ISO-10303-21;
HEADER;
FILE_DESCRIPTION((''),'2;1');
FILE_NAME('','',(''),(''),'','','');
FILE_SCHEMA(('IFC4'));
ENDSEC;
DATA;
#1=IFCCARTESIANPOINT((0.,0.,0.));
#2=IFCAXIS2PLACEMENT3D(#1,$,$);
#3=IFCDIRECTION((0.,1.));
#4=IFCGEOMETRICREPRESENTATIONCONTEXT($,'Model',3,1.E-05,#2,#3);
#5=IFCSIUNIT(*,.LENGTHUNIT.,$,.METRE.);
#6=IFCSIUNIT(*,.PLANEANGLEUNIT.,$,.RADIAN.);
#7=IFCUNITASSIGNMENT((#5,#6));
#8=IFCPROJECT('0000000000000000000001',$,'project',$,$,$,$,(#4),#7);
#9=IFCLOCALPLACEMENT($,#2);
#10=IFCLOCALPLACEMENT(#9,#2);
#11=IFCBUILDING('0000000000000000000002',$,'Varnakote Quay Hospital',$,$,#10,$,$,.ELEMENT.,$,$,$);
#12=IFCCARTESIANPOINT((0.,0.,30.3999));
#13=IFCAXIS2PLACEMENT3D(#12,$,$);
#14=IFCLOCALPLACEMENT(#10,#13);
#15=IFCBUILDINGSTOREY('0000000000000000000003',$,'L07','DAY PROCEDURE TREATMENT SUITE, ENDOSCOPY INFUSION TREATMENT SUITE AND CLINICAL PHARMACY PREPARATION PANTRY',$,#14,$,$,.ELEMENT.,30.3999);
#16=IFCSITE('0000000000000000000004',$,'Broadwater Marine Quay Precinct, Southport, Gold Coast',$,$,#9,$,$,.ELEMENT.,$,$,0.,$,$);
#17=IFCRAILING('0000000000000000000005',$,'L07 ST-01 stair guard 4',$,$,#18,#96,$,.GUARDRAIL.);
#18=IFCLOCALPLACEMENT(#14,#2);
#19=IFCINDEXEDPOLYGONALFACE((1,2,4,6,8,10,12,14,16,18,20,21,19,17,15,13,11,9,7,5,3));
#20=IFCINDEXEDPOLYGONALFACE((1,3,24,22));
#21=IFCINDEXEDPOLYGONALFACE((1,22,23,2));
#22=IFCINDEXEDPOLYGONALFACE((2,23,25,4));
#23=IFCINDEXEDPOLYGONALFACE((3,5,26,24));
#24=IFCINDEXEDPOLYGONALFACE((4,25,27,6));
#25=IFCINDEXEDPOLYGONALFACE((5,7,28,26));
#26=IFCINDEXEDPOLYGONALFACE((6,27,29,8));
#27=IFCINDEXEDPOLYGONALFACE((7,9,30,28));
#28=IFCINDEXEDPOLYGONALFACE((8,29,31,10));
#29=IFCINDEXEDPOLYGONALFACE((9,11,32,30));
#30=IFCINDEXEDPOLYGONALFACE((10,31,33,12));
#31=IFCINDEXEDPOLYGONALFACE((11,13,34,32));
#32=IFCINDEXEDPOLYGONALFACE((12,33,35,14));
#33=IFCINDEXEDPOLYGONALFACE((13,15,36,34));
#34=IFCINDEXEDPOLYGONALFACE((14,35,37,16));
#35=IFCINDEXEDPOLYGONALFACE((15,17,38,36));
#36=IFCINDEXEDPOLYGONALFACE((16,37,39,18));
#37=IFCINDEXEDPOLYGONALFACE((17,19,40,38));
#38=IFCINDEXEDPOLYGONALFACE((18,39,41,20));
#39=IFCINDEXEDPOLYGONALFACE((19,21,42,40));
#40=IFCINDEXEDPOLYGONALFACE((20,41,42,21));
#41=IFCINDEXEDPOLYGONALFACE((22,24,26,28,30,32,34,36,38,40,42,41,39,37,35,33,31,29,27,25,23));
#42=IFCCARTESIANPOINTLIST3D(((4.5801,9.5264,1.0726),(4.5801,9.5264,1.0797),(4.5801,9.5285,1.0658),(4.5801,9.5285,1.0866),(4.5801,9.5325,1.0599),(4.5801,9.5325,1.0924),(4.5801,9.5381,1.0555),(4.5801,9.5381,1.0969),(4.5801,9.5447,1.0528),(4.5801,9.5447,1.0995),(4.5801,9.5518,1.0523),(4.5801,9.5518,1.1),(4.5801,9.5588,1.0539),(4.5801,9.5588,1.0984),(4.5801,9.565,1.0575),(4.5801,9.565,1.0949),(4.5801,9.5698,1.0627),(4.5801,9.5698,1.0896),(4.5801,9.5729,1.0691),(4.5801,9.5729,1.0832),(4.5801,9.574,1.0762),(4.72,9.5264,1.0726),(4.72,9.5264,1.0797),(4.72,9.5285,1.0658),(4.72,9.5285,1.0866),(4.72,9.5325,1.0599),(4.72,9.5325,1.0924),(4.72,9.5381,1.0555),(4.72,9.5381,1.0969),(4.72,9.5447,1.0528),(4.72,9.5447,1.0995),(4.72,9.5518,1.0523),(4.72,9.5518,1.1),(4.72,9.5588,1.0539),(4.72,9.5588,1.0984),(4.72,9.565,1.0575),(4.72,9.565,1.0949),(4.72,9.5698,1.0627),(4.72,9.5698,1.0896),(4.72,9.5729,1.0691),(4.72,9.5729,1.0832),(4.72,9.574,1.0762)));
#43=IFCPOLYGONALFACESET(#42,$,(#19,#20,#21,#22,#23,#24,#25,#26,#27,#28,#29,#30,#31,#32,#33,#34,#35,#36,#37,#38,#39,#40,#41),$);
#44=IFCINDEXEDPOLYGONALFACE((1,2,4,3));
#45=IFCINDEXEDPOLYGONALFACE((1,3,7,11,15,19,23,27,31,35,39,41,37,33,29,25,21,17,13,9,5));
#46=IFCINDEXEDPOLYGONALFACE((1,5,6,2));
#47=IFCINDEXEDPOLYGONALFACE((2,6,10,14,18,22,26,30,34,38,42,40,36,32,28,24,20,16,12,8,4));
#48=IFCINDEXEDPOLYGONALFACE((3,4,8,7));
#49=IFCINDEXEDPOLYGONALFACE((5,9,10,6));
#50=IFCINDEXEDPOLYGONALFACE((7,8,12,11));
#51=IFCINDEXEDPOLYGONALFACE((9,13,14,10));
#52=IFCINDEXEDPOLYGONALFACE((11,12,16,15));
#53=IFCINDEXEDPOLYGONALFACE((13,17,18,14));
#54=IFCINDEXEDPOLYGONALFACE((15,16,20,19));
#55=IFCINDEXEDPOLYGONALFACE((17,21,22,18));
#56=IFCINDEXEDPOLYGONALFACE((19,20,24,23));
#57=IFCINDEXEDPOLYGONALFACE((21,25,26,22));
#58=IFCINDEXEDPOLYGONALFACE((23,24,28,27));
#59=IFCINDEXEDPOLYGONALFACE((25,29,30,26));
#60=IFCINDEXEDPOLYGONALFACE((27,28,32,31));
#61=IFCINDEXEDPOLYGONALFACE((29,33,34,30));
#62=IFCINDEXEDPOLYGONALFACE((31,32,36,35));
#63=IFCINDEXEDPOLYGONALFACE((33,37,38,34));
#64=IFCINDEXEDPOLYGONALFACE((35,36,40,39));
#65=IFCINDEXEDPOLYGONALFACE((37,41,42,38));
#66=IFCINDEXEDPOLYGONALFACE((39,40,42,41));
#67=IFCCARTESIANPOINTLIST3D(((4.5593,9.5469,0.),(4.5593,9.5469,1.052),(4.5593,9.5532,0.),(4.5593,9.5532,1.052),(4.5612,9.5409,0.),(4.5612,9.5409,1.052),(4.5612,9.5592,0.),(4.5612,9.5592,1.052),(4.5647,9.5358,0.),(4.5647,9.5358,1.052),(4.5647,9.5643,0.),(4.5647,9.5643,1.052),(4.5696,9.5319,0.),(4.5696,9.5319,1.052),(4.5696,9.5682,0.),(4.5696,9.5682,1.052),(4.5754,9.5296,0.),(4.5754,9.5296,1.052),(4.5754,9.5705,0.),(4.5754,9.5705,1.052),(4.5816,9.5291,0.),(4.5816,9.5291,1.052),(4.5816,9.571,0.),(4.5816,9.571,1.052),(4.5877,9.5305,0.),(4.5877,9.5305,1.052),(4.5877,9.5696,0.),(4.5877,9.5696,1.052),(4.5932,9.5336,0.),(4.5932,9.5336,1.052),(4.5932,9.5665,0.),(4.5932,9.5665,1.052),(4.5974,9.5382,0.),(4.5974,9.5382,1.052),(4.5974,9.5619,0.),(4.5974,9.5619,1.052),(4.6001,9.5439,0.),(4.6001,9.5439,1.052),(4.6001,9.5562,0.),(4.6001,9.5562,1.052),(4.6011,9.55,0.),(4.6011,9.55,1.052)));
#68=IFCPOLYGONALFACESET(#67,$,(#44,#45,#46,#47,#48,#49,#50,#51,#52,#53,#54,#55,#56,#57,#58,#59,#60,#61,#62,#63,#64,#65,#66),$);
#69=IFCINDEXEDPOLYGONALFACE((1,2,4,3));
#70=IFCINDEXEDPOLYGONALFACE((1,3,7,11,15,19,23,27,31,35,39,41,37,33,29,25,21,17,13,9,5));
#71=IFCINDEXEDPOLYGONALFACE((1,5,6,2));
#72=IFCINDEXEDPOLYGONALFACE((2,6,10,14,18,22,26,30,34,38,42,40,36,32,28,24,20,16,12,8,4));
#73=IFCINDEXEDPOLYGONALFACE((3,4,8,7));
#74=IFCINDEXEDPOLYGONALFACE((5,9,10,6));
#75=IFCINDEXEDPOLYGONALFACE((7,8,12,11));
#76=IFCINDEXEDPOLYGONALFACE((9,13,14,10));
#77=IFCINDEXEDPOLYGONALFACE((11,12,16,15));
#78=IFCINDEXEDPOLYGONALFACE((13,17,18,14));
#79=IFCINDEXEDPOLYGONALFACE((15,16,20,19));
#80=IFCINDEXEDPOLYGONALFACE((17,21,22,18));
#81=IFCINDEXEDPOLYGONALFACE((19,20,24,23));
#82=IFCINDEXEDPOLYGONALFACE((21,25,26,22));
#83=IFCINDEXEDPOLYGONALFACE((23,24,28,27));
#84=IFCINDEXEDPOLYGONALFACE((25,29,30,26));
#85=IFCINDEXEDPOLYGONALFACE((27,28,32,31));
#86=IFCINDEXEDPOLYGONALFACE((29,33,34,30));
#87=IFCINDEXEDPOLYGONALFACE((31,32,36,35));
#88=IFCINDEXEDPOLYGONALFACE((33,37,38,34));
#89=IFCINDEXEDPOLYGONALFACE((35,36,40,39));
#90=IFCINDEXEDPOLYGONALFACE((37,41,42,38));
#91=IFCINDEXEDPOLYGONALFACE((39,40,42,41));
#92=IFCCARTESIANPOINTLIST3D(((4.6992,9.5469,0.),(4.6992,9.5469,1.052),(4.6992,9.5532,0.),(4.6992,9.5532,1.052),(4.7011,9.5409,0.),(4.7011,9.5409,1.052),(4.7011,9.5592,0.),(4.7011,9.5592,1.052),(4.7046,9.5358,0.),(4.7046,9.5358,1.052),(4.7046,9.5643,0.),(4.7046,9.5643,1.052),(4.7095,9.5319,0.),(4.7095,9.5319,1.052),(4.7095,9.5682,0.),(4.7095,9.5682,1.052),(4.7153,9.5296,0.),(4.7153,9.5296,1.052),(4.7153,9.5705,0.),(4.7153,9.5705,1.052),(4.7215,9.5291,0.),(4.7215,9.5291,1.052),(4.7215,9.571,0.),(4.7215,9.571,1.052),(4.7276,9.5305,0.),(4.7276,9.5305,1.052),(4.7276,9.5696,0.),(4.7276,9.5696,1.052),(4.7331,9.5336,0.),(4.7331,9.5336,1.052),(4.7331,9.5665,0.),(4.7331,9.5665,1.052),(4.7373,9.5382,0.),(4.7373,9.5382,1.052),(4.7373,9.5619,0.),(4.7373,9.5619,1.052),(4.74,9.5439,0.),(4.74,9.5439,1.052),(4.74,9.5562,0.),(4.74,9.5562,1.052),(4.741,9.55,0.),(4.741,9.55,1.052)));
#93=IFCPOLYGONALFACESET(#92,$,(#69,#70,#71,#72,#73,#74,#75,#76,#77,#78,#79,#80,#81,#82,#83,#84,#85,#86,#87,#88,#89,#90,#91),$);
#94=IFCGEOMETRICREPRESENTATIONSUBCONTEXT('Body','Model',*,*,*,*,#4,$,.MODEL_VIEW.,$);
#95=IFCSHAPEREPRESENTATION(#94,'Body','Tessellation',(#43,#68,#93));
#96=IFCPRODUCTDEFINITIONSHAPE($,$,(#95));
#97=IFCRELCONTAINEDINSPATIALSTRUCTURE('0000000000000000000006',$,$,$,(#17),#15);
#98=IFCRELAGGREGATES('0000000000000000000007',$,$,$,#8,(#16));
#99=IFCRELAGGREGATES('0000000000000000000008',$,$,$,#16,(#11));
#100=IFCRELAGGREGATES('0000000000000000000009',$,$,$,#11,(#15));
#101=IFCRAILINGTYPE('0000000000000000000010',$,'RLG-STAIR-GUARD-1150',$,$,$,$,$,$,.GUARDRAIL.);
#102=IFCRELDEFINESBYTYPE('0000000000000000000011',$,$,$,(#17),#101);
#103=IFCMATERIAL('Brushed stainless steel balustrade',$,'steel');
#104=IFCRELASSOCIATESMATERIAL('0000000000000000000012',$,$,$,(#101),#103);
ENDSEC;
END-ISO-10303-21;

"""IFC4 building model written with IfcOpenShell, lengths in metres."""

from ifc_helpers import new_model, si_unit, direction, frame, origin, origin_2d, place, context, subcontext, project, spatial, circle, extrude, material, type_object, element, save


model = new_model("IFC4")

# Units and contexts
model_context = context("Model", 3, precision=1e-05, world=origin(), true_north=direction((0.0, 1.0)))
body_context = subcontext(model_context, "Body", "Model", "MODEL_VIEW")
ifc_project = project(units=[si_unit("LENGTHUNIT", "METRE"), si_unit("PLANEANGLEUNIT", "RADIAN")], contexts=[model_context])

# Site, building, storey
site_placement = place(None, origin())
site = spatial("IfcSite", under=ifc_project, at=site_placement, Name="Broadwater Marine Quay Precinct, Southport, Gold Coast", CompositionType="ELEMENT", RefElevation=0.0)
building_placement = place(site_placement, origin())
building = spatial("IfcBuilding", under=site, at=building_placement, Name="Varnakote Quay Hospital", CompositionType="ELEMENT")
storey_placement = place(building_placement, frame((0.0, 0.0, 30.3999)))
storey = spatial("IfcBuildingStorey", under=building, at=storey_placement, Name="L07", Description="DAY PROCEDURE TREATMENT SUITE, ENDOSCOPY INFUSION TREATMENT SUITE AND CLINICAL PHARMACY PREPARATION PANTRY", CompositionType="ELEMENT", Elevation=30.3999)

# Railing
ifc_material_1 = material(Name="Brushed stainless steel balustrade", Category="steel")
railing_type_1 = type_object("IfcRailingType", Name="RLG-STAIR-GUARD-1150", PredefinedType="GUARDRAIL", material=ifc_material_1)
railing_1_placement = place(storey_placement, frame((4.5801, 9.55, 0.0)))
element("IfcRailing", 1, at=railing_1_placement, inside=storey, type_object=railing_type_1, Name="L07 ST-01 stair guard 4", PredefinedType="GUARDRAIL", context=body_context, shape_type="SweptSolid", body=[
    extrude(circle(Radius=0.0239, at=origin_2d()), frame((0.0, 0.0, 1.0762), z_axis=(1.0, 0.0, 0.0), x_axis=(0.0, 1.0, 0.0)), (0.0, 0.0, 1.0), 0.1399),
    extrude(circle(Radius=0.021, at=origin_2d()), origin(), (0.0, 0.0, 1.0), 1.052),
    extrude(circle(Radius=0.021, at=origin_2d()), frame((0.1399, 0.0, 0.0)), (0.0, 0.0, 1.0), 1.052),
])

save(model, "model.ifc")
